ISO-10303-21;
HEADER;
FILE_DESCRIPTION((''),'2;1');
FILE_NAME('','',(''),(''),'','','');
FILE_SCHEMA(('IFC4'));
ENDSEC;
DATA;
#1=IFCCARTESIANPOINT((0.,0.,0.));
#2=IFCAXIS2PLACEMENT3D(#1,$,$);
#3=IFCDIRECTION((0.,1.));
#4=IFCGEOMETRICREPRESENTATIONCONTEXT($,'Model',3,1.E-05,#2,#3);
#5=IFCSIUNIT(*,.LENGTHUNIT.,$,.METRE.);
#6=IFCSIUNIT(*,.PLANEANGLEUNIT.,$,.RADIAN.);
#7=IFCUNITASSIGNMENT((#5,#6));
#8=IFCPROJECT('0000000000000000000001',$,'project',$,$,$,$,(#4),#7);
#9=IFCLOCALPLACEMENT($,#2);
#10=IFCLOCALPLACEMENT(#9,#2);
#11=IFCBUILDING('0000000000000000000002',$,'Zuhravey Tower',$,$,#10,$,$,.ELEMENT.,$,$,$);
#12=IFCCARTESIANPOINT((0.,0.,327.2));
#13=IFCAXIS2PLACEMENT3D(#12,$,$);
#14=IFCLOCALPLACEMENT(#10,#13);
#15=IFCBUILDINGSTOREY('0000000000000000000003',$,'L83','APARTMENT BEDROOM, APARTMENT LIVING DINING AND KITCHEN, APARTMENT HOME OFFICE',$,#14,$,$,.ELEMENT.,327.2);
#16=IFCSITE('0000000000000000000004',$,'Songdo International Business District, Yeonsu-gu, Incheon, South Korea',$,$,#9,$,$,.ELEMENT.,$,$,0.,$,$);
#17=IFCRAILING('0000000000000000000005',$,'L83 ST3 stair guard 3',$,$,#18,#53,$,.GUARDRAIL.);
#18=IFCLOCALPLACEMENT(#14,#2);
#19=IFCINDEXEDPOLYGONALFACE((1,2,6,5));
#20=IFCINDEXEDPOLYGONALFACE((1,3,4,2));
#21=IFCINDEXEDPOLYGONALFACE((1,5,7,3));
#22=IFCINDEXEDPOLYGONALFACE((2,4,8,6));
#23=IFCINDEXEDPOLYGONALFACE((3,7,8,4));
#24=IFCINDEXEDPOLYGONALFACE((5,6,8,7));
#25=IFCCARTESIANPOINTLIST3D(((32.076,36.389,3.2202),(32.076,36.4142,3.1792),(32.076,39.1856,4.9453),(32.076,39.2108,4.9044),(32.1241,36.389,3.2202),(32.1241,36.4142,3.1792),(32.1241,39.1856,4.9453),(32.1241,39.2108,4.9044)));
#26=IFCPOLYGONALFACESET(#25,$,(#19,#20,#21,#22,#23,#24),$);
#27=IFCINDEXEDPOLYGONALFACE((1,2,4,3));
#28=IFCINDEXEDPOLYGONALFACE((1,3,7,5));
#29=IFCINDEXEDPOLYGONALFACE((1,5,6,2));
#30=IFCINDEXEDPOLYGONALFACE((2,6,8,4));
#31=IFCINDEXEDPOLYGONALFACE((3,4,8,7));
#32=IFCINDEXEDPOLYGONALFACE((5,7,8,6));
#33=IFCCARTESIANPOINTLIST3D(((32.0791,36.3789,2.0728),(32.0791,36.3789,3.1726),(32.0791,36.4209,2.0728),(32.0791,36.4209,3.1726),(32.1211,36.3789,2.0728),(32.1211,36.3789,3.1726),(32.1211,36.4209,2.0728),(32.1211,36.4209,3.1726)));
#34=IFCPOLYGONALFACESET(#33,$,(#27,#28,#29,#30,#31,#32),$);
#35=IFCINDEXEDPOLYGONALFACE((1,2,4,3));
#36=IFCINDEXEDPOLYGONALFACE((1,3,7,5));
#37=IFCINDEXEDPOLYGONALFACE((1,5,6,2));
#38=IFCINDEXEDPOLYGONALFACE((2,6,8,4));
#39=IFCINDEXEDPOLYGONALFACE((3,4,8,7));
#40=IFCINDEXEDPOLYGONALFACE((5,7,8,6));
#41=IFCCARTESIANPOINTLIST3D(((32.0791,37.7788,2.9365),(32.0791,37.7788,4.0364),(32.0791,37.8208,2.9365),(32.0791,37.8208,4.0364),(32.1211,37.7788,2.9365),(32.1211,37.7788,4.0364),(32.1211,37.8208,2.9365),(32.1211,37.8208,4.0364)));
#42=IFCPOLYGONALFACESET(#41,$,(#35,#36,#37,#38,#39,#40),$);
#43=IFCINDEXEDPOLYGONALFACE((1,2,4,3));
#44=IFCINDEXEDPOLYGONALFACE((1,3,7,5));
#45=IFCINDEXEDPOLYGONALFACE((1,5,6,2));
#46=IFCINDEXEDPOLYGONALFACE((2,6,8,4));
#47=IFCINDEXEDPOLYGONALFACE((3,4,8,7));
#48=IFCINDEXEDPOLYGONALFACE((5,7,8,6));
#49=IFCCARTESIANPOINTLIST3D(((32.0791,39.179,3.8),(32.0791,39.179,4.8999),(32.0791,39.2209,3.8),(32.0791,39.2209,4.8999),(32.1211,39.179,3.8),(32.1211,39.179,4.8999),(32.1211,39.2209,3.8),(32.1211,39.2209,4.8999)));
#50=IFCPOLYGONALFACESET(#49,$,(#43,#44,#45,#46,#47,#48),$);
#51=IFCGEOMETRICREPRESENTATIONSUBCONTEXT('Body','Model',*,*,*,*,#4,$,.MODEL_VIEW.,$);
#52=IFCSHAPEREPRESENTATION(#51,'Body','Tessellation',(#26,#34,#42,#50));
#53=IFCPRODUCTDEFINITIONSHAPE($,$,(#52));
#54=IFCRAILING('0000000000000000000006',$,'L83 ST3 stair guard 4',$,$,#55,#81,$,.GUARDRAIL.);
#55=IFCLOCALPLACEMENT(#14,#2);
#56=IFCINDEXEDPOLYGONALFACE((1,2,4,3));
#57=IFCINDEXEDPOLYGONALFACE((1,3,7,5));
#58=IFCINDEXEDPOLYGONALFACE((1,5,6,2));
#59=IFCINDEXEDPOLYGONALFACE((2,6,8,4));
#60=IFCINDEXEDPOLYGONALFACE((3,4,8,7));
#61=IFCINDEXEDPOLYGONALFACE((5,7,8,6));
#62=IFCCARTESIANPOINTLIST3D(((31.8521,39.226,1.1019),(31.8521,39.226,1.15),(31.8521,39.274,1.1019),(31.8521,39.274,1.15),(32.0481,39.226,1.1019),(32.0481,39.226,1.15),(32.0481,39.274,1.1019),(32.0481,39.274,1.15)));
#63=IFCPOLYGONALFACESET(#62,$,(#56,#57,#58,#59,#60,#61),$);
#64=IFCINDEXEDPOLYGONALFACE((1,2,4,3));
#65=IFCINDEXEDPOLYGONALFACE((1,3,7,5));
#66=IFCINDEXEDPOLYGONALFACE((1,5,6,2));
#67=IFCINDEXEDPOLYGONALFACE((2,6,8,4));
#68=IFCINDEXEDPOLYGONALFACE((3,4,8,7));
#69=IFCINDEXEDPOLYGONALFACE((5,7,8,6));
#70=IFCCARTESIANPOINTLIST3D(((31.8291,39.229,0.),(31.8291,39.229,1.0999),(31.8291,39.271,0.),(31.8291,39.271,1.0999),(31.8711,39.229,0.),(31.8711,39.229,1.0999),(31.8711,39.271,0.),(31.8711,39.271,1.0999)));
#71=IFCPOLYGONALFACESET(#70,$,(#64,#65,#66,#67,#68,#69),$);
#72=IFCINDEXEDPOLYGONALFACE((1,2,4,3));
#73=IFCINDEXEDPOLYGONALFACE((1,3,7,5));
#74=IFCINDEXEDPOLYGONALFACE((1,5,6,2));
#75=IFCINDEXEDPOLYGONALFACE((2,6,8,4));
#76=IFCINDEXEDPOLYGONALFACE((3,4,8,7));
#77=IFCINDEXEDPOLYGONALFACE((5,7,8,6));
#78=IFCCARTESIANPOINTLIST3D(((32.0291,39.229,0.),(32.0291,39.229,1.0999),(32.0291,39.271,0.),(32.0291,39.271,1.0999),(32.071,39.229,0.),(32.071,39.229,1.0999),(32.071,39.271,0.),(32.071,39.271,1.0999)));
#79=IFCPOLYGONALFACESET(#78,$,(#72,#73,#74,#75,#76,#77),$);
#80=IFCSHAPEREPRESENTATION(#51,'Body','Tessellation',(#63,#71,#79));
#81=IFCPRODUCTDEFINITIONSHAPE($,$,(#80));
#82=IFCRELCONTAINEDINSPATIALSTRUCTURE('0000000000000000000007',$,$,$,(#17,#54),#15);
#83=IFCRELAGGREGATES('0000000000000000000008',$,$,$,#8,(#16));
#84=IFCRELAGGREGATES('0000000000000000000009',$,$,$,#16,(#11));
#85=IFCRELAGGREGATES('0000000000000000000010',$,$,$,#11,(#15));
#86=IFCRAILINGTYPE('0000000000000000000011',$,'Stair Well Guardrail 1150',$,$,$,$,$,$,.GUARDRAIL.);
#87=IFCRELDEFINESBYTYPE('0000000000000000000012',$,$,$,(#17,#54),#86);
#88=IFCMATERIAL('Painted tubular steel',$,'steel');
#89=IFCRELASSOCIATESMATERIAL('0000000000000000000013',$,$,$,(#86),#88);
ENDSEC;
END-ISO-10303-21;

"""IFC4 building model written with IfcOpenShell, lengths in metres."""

from ifc_helpers import new_model, si_unit, direction, frame, origin, origin_2d, place, context, subcontext, project, spatial, rectangle, extrude, material, type_object, element, save


model = new_model("IFC4")

# Units and contexts
model_context = context("Model", 3, precision=1e-05, world=origin(), true_north=direction((0.0, 1.0)))
body_context = subcontext(model_context, "Body", "Model", "MODEL_VIEW")
ifc_project = project(units=[si_unit("LENGTHUNIT", "METRE"), si_unit("PLANEANGLEUNIT", "RADIAN")], contexts=[model_context])

# Site, building, storey
site_placement = place(None, origin())
site = spatial("IfcSite", under=ifc_project, at=site_placement, Name="Songdo International Business District, Yeonsu-gu, Incheon, South Korea", CompositionType="ELEMENT", RefElevation=0.0)
building_placement = place(site_placement, origin())
building = spatial("IfcBuilding", under=site, at=building_placement, Name="Zuhravey Tower", CompositionType="ELEMENT")
storey_placement = place(building_placement, frame((0.0, 0.0, 327.2)))
storey = spatial("IfcBuildingStorey", under=building, at=storey_placement, Name="L83", Description="APARTMENT BEDROOM, APARTMENT LIVING DINING AND KITCHEN, APARTMENT HOME OFFICE", CompositionType="ELEMENT", Elevation=327.2)

# Railings
ifc_material_1 = material(Name="Painted tubular steel", Category="steel")
railing_type_1 = type_object("IfcRailingType", Name="Stair Well Guardrail 1150", PredefinedType="GUARDRAIL", material=ifc_material_1)
railing_1_placement = place(storey_placement, frame((32.1001, 36.3999, 2.0728)))
element("IfcRailing", 1, at=railing_1_placement, inside=storey, type_object=railing_type_1, Name="L83 ST3 stair guard 3", PredefinedType="GUARDRAIL", context=body_context, shape_type="SweptSolid", body=[
    extrude(rectangle(XDim=0.0481, YDim=0.0481, at=origin_2d()), frame((0.0, 0.0017, 1.127), z_axis=(0.0, 0.85109, 0.52502), x_axis=(-1.0, 0.0, 0.0)), (0.0, 0.0, 1.0), 3.2859),
    extrude(rectangle(XDim=0.042, YDim=0.042, at=origin_2d()), origin(), (0.0, 0.0, 1.0), 1.0999),
    extrude(rectangle(XDim=0.042, YDim=0.042, at=origin_2d()), frame((0.0, 1.3999, 0.8638)), (0.0, 0.0, 1.0), 1.0999),
    extrude(rectangle(XDim=0.042, YDim=0.042, at=origin_2d()), frame((0.0, 2.8, 1.7273)), (0.0, 0.0, 1.0), 1.0999),
])
railing_2_placement = place(storey_placement, frame((31.8501, 39.25, 0.0)))
element("IfcRailing", 2, at=railing_2_placement, inside=storey, type_object=railing_type_1, Name="L83 ST3 stair guard 4", PredefinedType="GUARDRAIL", context=body_context, shape_type="SweptSolid", body=[
    extrude(rectangle(XDim=0.0481, YDim=0.0481, at=origin_2d()), frame((0.002, 0.0, 1.126), z_axis=(1.0, 0.0, 0.0), x_axis=(0.0, 1.0, 0.0)), (0.0, 0.0, 1.0), 0.196),
    extrude(rectangle(XDim=0.042, YDim=0.042, at=origin_2d()), origin(), (0.0, 0.0, 1.0), 1.0999),
    extrude(rectangle(XDim=0.042, YDim=0.042, at=origin_2d()), frame((0.2, 0.0, 0.0)), (0.0, 0.0, 1.0), 1.0999),
])

save(model, "model.ifc")
